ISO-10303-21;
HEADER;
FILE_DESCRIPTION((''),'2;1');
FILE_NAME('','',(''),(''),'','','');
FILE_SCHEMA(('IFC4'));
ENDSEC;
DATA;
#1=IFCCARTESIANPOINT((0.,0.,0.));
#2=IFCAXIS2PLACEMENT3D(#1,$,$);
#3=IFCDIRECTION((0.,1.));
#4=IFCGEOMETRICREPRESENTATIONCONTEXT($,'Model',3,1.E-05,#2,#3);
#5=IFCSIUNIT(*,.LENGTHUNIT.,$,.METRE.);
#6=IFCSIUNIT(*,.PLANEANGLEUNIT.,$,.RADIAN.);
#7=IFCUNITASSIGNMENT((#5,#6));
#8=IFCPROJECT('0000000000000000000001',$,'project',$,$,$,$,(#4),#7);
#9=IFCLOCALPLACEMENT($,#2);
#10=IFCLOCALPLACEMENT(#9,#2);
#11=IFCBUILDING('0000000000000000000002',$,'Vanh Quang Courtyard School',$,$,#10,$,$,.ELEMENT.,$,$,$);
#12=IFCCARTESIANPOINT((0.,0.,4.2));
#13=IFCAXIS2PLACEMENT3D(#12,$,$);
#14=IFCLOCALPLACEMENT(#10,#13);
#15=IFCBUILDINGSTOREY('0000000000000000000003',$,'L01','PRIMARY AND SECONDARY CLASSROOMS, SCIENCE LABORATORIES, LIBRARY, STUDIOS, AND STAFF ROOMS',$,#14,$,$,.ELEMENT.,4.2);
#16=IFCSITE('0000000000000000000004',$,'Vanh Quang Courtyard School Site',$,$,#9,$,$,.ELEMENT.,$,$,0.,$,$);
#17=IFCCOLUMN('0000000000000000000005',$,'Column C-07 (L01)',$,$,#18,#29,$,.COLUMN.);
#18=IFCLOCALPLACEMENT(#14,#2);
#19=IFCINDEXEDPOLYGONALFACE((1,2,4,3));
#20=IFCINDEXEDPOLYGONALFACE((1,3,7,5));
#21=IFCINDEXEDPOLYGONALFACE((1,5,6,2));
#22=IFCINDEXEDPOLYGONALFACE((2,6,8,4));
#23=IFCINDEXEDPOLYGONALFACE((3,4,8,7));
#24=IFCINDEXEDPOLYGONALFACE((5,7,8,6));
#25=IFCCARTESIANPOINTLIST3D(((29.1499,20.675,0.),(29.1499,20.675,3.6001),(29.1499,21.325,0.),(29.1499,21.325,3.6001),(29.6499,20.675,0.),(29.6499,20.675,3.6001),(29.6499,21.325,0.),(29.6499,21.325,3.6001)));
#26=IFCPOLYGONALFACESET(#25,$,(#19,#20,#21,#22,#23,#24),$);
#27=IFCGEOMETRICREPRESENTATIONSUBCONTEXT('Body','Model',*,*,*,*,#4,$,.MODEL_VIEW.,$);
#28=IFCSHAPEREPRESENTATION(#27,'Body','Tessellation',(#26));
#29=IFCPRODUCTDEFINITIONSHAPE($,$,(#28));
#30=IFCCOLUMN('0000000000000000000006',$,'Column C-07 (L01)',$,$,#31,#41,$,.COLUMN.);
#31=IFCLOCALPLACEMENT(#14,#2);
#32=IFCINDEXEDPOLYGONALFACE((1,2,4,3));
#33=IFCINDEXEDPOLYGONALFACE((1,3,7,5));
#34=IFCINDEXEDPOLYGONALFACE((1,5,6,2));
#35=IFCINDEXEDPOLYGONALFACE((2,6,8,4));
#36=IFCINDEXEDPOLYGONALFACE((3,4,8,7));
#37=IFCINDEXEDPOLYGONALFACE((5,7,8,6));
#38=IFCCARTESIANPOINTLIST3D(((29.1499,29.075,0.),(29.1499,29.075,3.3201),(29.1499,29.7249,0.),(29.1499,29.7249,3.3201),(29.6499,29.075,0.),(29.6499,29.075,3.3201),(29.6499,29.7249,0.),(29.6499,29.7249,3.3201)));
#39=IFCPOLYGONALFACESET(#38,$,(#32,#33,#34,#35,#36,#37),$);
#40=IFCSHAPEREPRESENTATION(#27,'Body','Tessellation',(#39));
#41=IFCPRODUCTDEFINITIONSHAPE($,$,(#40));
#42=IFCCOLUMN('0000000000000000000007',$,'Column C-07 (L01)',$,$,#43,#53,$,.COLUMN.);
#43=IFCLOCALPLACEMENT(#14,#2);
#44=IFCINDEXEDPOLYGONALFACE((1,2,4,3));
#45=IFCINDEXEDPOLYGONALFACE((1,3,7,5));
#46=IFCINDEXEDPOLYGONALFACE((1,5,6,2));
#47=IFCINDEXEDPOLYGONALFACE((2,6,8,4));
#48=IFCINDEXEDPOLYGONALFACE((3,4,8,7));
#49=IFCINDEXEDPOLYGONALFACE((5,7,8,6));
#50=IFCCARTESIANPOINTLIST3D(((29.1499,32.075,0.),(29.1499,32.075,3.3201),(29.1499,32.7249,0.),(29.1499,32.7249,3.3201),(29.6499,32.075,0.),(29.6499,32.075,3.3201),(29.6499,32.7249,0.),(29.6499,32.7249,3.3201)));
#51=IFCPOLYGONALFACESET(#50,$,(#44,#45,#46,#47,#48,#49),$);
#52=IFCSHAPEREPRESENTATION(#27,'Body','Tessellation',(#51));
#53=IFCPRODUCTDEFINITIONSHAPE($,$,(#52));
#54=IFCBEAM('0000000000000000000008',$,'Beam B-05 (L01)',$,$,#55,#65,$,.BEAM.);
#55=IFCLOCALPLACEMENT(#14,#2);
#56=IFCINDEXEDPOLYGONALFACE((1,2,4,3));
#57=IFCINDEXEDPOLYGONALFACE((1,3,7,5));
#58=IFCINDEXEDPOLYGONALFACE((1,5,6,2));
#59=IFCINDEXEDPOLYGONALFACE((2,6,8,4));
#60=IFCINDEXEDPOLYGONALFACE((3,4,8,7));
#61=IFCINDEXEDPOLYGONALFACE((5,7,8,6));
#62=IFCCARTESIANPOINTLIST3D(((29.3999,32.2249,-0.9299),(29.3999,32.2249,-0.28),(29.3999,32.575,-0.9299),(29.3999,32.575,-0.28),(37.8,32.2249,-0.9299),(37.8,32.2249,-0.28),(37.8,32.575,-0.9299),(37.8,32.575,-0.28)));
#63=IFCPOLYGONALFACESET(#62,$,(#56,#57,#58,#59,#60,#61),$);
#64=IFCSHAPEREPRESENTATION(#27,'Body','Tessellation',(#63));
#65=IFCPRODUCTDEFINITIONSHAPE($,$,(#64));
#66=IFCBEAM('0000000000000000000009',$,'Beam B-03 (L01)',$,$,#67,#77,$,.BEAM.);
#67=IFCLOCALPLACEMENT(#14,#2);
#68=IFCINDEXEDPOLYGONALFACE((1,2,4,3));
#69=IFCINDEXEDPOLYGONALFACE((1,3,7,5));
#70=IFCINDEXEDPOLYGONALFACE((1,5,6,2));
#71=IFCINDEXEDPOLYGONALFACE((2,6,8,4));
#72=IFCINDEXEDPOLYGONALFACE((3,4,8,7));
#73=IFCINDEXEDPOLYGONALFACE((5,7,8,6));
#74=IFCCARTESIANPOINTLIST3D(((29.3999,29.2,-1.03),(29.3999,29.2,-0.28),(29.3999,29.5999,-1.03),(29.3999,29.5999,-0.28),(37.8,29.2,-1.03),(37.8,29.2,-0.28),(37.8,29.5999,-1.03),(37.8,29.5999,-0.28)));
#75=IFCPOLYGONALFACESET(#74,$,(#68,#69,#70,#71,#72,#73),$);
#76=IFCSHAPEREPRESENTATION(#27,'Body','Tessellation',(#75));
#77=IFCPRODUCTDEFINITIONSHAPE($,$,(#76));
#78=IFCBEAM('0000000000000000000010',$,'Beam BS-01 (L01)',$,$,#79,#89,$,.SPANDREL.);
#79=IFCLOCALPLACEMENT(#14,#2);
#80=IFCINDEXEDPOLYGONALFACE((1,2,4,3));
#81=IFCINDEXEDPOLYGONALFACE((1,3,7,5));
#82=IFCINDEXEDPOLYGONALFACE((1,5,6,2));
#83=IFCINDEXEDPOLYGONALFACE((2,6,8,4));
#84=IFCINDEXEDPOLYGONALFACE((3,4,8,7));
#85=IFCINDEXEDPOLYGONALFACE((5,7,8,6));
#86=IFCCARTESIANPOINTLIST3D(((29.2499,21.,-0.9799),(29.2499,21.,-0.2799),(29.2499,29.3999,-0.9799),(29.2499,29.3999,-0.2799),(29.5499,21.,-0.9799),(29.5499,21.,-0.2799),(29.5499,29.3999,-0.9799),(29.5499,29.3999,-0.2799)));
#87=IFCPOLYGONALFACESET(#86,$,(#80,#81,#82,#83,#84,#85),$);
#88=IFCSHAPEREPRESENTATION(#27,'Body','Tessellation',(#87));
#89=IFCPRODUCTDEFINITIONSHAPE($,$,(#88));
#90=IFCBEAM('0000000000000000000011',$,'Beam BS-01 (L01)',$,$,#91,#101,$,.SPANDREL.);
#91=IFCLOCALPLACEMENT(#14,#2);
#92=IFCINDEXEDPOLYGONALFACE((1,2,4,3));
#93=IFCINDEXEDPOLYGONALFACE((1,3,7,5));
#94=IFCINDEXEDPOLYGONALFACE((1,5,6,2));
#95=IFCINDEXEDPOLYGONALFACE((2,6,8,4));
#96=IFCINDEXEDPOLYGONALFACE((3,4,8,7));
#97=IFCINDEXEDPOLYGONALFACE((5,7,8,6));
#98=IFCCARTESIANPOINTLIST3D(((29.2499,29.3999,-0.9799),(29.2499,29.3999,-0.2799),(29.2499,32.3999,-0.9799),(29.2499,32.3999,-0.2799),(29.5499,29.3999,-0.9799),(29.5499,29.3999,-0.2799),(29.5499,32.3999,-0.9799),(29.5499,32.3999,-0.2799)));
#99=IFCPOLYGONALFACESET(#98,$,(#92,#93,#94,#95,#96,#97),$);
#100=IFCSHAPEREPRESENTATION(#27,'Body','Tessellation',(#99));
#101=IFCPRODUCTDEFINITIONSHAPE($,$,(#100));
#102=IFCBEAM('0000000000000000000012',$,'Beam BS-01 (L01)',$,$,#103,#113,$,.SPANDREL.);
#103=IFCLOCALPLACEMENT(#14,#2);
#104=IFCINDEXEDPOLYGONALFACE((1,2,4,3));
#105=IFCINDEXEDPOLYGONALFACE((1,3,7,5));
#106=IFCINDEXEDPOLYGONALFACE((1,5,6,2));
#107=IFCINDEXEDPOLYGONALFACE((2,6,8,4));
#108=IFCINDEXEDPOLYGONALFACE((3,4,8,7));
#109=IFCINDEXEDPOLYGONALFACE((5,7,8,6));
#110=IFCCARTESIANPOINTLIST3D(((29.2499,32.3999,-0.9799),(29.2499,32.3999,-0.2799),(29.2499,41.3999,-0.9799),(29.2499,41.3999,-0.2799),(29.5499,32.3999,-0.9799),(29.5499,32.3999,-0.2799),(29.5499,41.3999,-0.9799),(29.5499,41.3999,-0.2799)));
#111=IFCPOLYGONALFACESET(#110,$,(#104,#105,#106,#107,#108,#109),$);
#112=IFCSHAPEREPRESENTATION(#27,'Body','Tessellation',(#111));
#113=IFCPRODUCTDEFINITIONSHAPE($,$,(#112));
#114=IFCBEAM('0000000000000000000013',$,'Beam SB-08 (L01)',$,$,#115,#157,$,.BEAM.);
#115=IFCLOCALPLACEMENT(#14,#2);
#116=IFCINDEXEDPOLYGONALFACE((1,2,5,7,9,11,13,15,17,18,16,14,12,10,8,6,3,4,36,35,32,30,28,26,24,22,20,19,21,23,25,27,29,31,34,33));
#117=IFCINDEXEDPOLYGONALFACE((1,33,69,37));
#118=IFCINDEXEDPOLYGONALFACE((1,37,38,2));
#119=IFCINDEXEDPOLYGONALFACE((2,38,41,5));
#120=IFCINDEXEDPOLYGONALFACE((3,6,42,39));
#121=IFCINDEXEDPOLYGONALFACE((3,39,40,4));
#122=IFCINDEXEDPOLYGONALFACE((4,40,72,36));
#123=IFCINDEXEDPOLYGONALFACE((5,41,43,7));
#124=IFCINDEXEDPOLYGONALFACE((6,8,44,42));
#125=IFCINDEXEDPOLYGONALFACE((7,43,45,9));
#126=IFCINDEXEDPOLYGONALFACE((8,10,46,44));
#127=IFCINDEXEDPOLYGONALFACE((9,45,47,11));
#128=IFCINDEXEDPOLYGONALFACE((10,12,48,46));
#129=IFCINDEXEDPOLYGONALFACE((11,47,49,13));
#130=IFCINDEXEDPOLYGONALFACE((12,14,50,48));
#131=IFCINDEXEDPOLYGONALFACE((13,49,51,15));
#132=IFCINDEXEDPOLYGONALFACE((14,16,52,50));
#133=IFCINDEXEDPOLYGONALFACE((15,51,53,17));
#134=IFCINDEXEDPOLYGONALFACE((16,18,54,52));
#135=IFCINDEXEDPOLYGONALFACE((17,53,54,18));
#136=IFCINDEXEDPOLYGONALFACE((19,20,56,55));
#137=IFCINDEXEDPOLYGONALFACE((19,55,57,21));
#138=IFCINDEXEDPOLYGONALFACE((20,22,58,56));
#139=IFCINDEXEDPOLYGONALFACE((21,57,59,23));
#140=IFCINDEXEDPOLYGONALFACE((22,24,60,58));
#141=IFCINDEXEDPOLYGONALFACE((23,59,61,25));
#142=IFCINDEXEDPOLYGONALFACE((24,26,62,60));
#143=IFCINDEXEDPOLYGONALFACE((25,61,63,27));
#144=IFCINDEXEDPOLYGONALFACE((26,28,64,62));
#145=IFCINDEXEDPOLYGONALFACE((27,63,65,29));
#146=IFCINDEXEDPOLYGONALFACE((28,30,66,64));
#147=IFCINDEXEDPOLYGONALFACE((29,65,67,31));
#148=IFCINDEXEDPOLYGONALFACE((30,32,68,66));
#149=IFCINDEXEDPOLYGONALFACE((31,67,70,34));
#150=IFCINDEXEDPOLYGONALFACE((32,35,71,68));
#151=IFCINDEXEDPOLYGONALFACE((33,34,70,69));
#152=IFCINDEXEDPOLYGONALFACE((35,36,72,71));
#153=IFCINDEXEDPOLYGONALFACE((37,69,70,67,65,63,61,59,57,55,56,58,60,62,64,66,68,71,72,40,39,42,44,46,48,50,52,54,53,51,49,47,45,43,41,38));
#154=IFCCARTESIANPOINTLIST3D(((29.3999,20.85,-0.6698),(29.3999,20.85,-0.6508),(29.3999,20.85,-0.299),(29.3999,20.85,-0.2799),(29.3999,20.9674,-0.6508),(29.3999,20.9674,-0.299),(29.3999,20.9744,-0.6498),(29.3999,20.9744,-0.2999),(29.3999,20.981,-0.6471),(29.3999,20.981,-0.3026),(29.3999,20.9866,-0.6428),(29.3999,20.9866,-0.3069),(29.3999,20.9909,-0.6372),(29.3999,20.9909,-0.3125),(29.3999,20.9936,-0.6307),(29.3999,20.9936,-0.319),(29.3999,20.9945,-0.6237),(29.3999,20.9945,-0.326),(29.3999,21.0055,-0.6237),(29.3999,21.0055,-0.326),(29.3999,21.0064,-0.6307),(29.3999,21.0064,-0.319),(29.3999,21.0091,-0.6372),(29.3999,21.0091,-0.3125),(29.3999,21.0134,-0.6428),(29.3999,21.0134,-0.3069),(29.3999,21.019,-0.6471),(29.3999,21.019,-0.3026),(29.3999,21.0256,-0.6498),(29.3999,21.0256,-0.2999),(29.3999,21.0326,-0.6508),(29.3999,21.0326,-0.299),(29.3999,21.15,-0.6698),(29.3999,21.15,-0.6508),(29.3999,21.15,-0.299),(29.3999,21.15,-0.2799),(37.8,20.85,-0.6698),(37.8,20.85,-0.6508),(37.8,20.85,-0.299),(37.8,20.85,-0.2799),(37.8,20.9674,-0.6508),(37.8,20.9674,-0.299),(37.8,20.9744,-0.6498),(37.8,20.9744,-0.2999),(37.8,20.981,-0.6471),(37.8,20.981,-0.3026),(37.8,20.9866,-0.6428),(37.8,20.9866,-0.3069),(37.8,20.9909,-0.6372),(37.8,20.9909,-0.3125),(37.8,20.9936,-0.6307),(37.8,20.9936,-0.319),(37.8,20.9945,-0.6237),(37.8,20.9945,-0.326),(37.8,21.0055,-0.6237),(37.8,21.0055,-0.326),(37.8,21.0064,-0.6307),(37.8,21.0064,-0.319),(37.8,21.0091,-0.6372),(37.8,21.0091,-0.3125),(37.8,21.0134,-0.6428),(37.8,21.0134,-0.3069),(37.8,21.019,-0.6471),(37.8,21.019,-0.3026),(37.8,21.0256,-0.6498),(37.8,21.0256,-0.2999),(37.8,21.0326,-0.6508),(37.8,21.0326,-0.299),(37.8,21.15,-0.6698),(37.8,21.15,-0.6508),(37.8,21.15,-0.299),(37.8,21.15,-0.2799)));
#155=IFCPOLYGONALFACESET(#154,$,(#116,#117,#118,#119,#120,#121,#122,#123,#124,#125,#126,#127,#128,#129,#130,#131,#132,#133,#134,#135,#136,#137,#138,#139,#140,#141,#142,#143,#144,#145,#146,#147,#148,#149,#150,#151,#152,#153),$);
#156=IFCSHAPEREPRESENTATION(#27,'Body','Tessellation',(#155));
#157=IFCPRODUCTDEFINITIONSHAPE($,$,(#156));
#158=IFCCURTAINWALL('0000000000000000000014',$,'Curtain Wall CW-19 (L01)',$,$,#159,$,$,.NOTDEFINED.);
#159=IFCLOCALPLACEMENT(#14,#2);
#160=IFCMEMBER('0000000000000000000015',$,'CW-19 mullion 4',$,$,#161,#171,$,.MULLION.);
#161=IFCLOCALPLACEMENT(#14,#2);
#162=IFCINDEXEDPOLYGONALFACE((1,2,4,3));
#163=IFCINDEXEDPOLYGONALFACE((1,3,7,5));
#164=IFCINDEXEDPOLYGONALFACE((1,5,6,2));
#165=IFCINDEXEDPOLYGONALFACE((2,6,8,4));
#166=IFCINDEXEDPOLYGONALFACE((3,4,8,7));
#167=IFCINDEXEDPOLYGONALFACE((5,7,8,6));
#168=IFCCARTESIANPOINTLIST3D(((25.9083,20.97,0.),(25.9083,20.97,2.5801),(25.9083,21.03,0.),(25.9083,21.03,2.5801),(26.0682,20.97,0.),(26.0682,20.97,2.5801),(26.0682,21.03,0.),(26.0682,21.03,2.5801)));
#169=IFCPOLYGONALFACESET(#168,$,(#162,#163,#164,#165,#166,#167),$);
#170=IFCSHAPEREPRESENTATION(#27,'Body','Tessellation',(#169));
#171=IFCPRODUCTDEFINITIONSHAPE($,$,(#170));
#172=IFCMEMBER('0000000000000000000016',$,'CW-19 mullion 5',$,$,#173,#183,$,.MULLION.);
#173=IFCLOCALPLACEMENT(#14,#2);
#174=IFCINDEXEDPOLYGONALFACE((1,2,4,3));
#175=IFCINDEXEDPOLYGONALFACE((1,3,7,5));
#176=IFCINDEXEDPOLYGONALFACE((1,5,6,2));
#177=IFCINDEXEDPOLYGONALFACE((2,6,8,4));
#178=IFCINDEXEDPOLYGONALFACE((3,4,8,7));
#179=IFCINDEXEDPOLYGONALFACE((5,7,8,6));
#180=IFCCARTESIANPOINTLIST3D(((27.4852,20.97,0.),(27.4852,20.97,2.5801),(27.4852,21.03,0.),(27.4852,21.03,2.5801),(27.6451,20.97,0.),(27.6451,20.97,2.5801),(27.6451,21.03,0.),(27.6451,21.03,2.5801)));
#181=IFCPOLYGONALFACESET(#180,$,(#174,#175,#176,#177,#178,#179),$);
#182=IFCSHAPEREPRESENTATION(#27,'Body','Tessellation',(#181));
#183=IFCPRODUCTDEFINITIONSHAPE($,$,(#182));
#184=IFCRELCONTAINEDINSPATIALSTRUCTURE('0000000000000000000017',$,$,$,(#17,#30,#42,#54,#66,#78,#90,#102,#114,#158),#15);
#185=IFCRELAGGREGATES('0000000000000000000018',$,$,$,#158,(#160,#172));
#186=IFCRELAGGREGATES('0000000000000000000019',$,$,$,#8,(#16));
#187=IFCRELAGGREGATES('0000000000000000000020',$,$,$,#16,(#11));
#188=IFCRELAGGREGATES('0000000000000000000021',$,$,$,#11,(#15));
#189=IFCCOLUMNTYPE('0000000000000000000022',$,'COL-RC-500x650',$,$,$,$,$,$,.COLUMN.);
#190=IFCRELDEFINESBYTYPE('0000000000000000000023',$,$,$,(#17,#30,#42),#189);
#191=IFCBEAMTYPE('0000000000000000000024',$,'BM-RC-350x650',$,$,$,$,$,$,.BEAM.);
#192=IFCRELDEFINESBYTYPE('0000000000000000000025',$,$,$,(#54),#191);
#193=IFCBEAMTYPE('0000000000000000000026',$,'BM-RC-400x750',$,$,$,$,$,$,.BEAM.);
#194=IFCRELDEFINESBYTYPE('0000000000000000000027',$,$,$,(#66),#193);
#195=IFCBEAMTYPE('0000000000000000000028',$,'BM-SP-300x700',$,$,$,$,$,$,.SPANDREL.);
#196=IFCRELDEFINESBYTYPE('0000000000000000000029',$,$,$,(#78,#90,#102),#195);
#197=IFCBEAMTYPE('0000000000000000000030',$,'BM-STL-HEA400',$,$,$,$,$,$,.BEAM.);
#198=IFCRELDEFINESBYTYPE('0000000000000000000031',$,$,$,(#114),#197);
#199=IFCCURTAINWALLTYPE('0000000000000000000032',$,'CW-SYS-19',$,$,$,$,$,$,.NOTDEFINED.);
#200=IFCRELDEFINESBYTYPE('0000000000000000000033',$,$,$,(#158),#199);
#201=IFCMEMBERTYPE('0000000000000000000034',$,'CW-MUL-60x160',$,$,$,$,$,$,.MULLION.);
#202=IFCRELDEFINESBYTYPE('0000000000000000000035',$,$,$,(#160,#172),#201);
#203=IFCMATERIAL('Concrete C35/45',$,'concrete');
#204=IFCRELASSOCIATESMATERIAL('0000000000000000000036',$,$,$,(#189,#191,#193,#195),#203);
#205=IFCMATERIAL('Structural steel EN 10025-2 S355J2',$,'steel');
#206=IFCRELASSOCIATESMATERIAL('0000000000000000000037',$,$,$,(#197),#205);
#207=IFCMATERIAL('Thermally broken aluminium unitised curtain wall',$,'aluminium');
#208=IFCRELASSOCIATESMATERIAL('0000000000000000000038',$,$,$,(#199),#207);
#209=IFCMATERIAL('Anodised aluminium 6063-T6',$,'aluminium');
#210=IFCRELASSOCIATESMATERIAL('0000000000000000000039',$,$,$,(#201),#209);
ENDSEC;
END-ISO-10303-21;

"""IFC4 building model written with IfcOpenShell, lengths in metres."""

from ifc_helpers import new_model, si_unit, direction, frame, origin, origin_2d, place, context, subcontext, project, spatial, rectangle, i_section, extrude, material, material_profile, profile_set, type_object, element, aggregate, save


model = new_model("IFC4")

# Units and contexts
model_context = context("Model", 3, precision=1e-05, world=origin(), true_north=direction((0.0, 1.0)))
body_context = subcontext(model_context, "Body", "Model", "MODEL_VIEW")
ifc_project = project(units=[si_unit("LENGTHUNIT", "METRE"), si_unit("PLANEANGLEUNIT", "RADIAN")], contexts=[model_context])

# Site, building, storey
site_placement = place(None, origin())
site = spatial("IfcSite", under=ifc_project, at=site_placement, Name="Vanh Quang Courtyard School Site", CompositionType="ELEMENT", RefElevation=0.0)
building_placement = place(site_placement, origin())
building = spatial("IfcBuilding", under=site, at=building_placement, Name="Vanh Quang Courtyard School", CompositionType="ELEMENT")
storey_placement = place(building_placement, frame((0.0, 0.0, 4.2)))
storey = spatial("IfcBuildingStorey", under=building, at=storey_placement, Name="L01", Description="PRIMARY AND SECONDARY CLASSROOMS, SCIENCE LABORATORIES, LIBRARY, STUDIOS, AND STAFF ROOMS", CompositionType="ELEMENT", Elevation=4.2)

# Columns
ifc_material_1 = material(Name="Concrete C35/45", Category="concrete")
ifc_material_profile_1 = material_profile(ifc_material_1, rectangle(XDim=0.5, YDim=0.6499, at=origin_2d()), Name="RC-COL 500x650")
ifc_profile_set_1 = profile_set([ifc_material_profile_1], Name="Concrete C35/45")
column_type = type_object("IfcColumnType", Name="COL-RC-500x650", PredefinedType="COLUMN", material=ifc_profile_set_1)
column_placement = place(storey_placement, frame((29.3999, 21.0, 0.0), z_axis=(0.0, 0.0, 1.0), x_axis=(1.0, 0.0, 0.0)))
element("IfcColumn", 1, at=column_placement, inside=storey, type_object=column_type, Name="Column C-07 (L01)", PredefinedType="COLUMN", context=body_context, shape_type="SweptSolid", body=[
    extrude(rectangle(XDim=0.5, YDim=0.6499, at=origin_2d()), origin(), (0.0, 0.0, 1.0), 3.6001),
])
for number, where, z_axis, x_axis, name in (
    (2, (29.3999, 29.3999, 0.0), (0.0, 0.0, 1.0), (1.0, 0.0, 0.0), "Column C-07 (L01)"),
    (3, (29.3999, 32.3999, 0.0), (0.0, 0.0, 1.0), (1.0, 0.0, 0.0), "Column C-07 (L01)"),
):
    element("IfcColumn", number, at=place(storey_placement, frame(where, z_axis=z_axis, x_axis=x_axis)), inside=storey, type_object=column_type, Name=name, PredefinedType="COLUMN", context=body_context, shape_type="SweptSolid", body=[
        extrude(rectangle(XDim=0.5, YDim=0.6499, at=origin_2d()), origin(), (0.0, 0.0, 1.0), 3.3201),
    ])

# Beams
ifc_material_profile_2 = material_profile(ifc_material_1, rectangle(XDim=0.3501, YDim=0.6499, at=origin_2d()), Name="RC-BM 350x650")
ifc_profile_set_2 = profile_set([ifc_material_profile_2], Name="Concrete C35/45")
beam_type_1 = type_object("IfcBeamType", Name="BM-RC-350x650", PredefinedType="BEAM", material=ifc_profile_set_2)
beam_1_placement = place(storey_placement, frame((29.3999, 32.3999, -0.605), z_axis=(1.0, 0.0, 0.0), x_axis=(0.0, 1.0, 0.0)))
element("IfcBeam", 4, at=beam_1_placement, inside=storey, type_object=beam_type_1, Name="Beam B-05 (L01)", PredefinedType="BEAM", context=body_context, shape_type="SweptSolid", body=[
    extrude(rectangle(XDim=0.3501, YDim=0.6499, at=origin_2d()), origin(), (0.0, 0.0, 1.0), 8.4001),
])
ifc_material_profile_3 = material_profile(ifc_material_1, rectangle(XDim=0.3999, YDim=0.75, at=origin_2d()), Name="RC-BM 400x750")
ifc_profile_set_3 = profile_set([ifc_material_profile_3], Name="Concrete C35/45")
beam_type_2 = type_object("IfcBeamType", Name="BM-RC-400x750", PredefinedType="BEAM", material=ifc_profile_set_3)
beam_2_placement = place(storey_placement, frame((29.3999, 29.3999, -0.655), z_axis=(1.0, 0.0, 0.0), x_axis=(0.0, 1.0, 0.0)))
element("IfcBeam", 5, at=beam_2_placement, inside=storey, type_object=beam_type_2, Name="Beam B-03 (L01)", PredefinedType="BEAM", context=body_context, shape_type="SweptSolid", body=[
    extrude(rectangle(XDim=0.3999, YDim=0.75, at=origin_2d()), origin(), (0.0, 0.0, 1.0), 8.4001),
])
ifc_material_profile_4 = material_profile(ifc_material_1, rectangle(XDim=0.3, YDim=0.7, at=origin_2d()), Name="RC-SP 300x700")
ifc_profile_set_4 = profile_set([ifc_material_profile_4], Name="Concrete C35/45")
beam_type_3 = type_object("IfcBeamType", Name="BM-SP-300x700", PredefinedType="SPANDREL", material=ifc_profile_set_4)
beam_3_placement = place(storey_placement, frame((29.3999, 21.0, -0.6299), z_axis=(0.0, 1.0, 0.0), x_axis=(-1.0, 0.0, 0.0)))
element("IfcBeam", 6, at=beam_3_placement, inside=storey, type_object=beam_type_3, Name="Beam BS-01 (L01)", PredefinedType="SPANDREL", context=body_context, shape_type="SweptSolid", body=[
    extrude(rectangle(XDim=0.3, YDim=0.7, at=origin_2d()), origin(), (0.0, 0.0, 1.0), 8.3999),
])
beam_4_placement = place(storey_placement, frame((29.3999, 29.3999, -0.6299), z_axis=(0.0, 1.0, 0.0), x_axis=(-1.0, 0.0, 0.0)))
element("IfcBeam", 7, at=beam_4_placement, inside=storey, type_object=beam_type_3, Name="Beam BS-01 (L01)", PredefinedType="SPANDREL", context=body_context, shape_type="SweptSolid", body=[
    extrude(rectangle(XDim=0.3, YDim=0.7, at=origin_2d()), origin(), (0.0, 0.0, 1.0), 3.0),
])
beam_5_placement = place(storey_placement, frame((29.3999, 32.3999, -0.6299), z_axis=(0.0, 1.0, 0.0), x_axis=(-1.0, 0.0, 0.0)))
element("IfcBeam", 8, at=beam_5_placement, inside=storey, type_object=beam_type_3, Name="Beam BS-01 (L01)", PredefinedType="SPANDREL", context=body_context, shape_type="SweptSolid", body=[
    extrude(rectangle(XDim=0.3, YDim=0.7, at=origin_2d()), origin(), (0.0, 0.0, 1.0), 9.0),
])
ifc_material_2 = material(Name="Structural steel EN 10025-2 S355J2", Category="steel")
ifc_material_profile_5 = material_profile(ifc_material_2, i_section(OverallWidth=0.3, OverallDepth=0.3899, WebThickness=0.011, FlangeThickness=0.019, FilletRadius=0.0271, at=origin_2d()), Name="HEA 400")
ifc_profile_set_5 = profile_set([ifc_material_profile_5], Name="Structural steel EN 10025-2 S355J2")
beam_type_4 = type_object("IfcBeamType", Name="BM-STL-HEA400", PredefinedType="BEAM", material=ifc_profile_set_5)
beam_6_placement = place(storey_placement, frame((29.3999, 21.0, -0.4749), z_axis=(1.0, 0.0, 0.0), x_axis=(0.0, 1.0, 0.0)))
element("IfcBeam", 9, at=beam_6_placement, inside=storey, type_object=beam_type_4, Name="Beam SB-08 (L01)", PredefinedType="BEAM", context=body_context, shape_type="SweptSolid", body=[
    extrude(i_section(OverallWidth=0.3, OverallDepth=0.3899, WebThickness=0.011, FlangeThickness=0.019, FilletRadius=0.0271, at=origin_2d()), origin(), (0.0, 0.0, 1.0), 8.4001),
])

# Curtain wall, members
ifc_material_3 = material(Name="Thermally broken aluminium unitised curtain wall", Category="aluminium")
curtain_wall_type = type_object("IfcCurtainWallType", Name="CW-SYS-19", PredefinedType="NOTDEFINED", material=ifc_material_3)
curtain_wall_placement = place(storey_placement, origin())
curtain_wall = element("IfcCurtainWall", 10, at=curtain_wall_placement, inside=storey, type_object=curtain_wall_type, Name="Curtain Wall CW-19 (L01)", PredefinedType="NOTDEFINED")
ifc_material_4 = material(Name="Anodised aluminium 6063-T6", Category="aluminium")
ifc_material_profile_6 = material_profile(ifc_material_4, rectangle(XDim=0.0601, YDim=0.1599, at=origin_2d()), Name="ALU-MUL 60x160")
ifc_profile_set_6 = profile_set([ifc_material_profile_6], Name="Anodised aluminium 6063-T6")
member_type_1 = type_object("IfcMemberType", Name="CW-MUL-60x160", PredefinedType="MULLION", material=ifc_profile_set_6)
member_1_placement = place(storey_placement, frame((25.9883, 21.0, 0.0), z_axis=(0.0, 0.0, 1.0), x_axis=(0.0, 1.0, 0.0)))
member_1 = element("IfcMember", 11, at=member_1_placement, type_object=member_type_1, Name="CW-19 mullion 4", PredefinedType="MULLION", context=body_context, shape_type="SweptSolid", body=[
    extrude(rectangle(XDim=0.0601, YDim=0.1599, at=origin_2d()), origin(), (0.0, 0.0, 1.0), 2.5801),
])
member_2_placement = place(storey_placement, frame((27.5652, 21.0, 0.0), z_axis=(0.0, 0.0, 1.0), x_axis=(0.0, 1.0, 0.0)))
member_2 = element("IfcMember", 12, at=member_2_placement, type_object=member_type_1, Name="CW-19 mullion 5", PredefinedType="MULLION", context=body_context, shape_type="SweptSolid", body=[
    extrude(rectangle(XDim=0.0601, YDim=0.1599, at=origin_2d()), origin(), (0.0, 0.0, 1.0), 2.5801),
])
aggregate(curtain_wall, [member_1, member_2])

save(model, "model.ifc")
